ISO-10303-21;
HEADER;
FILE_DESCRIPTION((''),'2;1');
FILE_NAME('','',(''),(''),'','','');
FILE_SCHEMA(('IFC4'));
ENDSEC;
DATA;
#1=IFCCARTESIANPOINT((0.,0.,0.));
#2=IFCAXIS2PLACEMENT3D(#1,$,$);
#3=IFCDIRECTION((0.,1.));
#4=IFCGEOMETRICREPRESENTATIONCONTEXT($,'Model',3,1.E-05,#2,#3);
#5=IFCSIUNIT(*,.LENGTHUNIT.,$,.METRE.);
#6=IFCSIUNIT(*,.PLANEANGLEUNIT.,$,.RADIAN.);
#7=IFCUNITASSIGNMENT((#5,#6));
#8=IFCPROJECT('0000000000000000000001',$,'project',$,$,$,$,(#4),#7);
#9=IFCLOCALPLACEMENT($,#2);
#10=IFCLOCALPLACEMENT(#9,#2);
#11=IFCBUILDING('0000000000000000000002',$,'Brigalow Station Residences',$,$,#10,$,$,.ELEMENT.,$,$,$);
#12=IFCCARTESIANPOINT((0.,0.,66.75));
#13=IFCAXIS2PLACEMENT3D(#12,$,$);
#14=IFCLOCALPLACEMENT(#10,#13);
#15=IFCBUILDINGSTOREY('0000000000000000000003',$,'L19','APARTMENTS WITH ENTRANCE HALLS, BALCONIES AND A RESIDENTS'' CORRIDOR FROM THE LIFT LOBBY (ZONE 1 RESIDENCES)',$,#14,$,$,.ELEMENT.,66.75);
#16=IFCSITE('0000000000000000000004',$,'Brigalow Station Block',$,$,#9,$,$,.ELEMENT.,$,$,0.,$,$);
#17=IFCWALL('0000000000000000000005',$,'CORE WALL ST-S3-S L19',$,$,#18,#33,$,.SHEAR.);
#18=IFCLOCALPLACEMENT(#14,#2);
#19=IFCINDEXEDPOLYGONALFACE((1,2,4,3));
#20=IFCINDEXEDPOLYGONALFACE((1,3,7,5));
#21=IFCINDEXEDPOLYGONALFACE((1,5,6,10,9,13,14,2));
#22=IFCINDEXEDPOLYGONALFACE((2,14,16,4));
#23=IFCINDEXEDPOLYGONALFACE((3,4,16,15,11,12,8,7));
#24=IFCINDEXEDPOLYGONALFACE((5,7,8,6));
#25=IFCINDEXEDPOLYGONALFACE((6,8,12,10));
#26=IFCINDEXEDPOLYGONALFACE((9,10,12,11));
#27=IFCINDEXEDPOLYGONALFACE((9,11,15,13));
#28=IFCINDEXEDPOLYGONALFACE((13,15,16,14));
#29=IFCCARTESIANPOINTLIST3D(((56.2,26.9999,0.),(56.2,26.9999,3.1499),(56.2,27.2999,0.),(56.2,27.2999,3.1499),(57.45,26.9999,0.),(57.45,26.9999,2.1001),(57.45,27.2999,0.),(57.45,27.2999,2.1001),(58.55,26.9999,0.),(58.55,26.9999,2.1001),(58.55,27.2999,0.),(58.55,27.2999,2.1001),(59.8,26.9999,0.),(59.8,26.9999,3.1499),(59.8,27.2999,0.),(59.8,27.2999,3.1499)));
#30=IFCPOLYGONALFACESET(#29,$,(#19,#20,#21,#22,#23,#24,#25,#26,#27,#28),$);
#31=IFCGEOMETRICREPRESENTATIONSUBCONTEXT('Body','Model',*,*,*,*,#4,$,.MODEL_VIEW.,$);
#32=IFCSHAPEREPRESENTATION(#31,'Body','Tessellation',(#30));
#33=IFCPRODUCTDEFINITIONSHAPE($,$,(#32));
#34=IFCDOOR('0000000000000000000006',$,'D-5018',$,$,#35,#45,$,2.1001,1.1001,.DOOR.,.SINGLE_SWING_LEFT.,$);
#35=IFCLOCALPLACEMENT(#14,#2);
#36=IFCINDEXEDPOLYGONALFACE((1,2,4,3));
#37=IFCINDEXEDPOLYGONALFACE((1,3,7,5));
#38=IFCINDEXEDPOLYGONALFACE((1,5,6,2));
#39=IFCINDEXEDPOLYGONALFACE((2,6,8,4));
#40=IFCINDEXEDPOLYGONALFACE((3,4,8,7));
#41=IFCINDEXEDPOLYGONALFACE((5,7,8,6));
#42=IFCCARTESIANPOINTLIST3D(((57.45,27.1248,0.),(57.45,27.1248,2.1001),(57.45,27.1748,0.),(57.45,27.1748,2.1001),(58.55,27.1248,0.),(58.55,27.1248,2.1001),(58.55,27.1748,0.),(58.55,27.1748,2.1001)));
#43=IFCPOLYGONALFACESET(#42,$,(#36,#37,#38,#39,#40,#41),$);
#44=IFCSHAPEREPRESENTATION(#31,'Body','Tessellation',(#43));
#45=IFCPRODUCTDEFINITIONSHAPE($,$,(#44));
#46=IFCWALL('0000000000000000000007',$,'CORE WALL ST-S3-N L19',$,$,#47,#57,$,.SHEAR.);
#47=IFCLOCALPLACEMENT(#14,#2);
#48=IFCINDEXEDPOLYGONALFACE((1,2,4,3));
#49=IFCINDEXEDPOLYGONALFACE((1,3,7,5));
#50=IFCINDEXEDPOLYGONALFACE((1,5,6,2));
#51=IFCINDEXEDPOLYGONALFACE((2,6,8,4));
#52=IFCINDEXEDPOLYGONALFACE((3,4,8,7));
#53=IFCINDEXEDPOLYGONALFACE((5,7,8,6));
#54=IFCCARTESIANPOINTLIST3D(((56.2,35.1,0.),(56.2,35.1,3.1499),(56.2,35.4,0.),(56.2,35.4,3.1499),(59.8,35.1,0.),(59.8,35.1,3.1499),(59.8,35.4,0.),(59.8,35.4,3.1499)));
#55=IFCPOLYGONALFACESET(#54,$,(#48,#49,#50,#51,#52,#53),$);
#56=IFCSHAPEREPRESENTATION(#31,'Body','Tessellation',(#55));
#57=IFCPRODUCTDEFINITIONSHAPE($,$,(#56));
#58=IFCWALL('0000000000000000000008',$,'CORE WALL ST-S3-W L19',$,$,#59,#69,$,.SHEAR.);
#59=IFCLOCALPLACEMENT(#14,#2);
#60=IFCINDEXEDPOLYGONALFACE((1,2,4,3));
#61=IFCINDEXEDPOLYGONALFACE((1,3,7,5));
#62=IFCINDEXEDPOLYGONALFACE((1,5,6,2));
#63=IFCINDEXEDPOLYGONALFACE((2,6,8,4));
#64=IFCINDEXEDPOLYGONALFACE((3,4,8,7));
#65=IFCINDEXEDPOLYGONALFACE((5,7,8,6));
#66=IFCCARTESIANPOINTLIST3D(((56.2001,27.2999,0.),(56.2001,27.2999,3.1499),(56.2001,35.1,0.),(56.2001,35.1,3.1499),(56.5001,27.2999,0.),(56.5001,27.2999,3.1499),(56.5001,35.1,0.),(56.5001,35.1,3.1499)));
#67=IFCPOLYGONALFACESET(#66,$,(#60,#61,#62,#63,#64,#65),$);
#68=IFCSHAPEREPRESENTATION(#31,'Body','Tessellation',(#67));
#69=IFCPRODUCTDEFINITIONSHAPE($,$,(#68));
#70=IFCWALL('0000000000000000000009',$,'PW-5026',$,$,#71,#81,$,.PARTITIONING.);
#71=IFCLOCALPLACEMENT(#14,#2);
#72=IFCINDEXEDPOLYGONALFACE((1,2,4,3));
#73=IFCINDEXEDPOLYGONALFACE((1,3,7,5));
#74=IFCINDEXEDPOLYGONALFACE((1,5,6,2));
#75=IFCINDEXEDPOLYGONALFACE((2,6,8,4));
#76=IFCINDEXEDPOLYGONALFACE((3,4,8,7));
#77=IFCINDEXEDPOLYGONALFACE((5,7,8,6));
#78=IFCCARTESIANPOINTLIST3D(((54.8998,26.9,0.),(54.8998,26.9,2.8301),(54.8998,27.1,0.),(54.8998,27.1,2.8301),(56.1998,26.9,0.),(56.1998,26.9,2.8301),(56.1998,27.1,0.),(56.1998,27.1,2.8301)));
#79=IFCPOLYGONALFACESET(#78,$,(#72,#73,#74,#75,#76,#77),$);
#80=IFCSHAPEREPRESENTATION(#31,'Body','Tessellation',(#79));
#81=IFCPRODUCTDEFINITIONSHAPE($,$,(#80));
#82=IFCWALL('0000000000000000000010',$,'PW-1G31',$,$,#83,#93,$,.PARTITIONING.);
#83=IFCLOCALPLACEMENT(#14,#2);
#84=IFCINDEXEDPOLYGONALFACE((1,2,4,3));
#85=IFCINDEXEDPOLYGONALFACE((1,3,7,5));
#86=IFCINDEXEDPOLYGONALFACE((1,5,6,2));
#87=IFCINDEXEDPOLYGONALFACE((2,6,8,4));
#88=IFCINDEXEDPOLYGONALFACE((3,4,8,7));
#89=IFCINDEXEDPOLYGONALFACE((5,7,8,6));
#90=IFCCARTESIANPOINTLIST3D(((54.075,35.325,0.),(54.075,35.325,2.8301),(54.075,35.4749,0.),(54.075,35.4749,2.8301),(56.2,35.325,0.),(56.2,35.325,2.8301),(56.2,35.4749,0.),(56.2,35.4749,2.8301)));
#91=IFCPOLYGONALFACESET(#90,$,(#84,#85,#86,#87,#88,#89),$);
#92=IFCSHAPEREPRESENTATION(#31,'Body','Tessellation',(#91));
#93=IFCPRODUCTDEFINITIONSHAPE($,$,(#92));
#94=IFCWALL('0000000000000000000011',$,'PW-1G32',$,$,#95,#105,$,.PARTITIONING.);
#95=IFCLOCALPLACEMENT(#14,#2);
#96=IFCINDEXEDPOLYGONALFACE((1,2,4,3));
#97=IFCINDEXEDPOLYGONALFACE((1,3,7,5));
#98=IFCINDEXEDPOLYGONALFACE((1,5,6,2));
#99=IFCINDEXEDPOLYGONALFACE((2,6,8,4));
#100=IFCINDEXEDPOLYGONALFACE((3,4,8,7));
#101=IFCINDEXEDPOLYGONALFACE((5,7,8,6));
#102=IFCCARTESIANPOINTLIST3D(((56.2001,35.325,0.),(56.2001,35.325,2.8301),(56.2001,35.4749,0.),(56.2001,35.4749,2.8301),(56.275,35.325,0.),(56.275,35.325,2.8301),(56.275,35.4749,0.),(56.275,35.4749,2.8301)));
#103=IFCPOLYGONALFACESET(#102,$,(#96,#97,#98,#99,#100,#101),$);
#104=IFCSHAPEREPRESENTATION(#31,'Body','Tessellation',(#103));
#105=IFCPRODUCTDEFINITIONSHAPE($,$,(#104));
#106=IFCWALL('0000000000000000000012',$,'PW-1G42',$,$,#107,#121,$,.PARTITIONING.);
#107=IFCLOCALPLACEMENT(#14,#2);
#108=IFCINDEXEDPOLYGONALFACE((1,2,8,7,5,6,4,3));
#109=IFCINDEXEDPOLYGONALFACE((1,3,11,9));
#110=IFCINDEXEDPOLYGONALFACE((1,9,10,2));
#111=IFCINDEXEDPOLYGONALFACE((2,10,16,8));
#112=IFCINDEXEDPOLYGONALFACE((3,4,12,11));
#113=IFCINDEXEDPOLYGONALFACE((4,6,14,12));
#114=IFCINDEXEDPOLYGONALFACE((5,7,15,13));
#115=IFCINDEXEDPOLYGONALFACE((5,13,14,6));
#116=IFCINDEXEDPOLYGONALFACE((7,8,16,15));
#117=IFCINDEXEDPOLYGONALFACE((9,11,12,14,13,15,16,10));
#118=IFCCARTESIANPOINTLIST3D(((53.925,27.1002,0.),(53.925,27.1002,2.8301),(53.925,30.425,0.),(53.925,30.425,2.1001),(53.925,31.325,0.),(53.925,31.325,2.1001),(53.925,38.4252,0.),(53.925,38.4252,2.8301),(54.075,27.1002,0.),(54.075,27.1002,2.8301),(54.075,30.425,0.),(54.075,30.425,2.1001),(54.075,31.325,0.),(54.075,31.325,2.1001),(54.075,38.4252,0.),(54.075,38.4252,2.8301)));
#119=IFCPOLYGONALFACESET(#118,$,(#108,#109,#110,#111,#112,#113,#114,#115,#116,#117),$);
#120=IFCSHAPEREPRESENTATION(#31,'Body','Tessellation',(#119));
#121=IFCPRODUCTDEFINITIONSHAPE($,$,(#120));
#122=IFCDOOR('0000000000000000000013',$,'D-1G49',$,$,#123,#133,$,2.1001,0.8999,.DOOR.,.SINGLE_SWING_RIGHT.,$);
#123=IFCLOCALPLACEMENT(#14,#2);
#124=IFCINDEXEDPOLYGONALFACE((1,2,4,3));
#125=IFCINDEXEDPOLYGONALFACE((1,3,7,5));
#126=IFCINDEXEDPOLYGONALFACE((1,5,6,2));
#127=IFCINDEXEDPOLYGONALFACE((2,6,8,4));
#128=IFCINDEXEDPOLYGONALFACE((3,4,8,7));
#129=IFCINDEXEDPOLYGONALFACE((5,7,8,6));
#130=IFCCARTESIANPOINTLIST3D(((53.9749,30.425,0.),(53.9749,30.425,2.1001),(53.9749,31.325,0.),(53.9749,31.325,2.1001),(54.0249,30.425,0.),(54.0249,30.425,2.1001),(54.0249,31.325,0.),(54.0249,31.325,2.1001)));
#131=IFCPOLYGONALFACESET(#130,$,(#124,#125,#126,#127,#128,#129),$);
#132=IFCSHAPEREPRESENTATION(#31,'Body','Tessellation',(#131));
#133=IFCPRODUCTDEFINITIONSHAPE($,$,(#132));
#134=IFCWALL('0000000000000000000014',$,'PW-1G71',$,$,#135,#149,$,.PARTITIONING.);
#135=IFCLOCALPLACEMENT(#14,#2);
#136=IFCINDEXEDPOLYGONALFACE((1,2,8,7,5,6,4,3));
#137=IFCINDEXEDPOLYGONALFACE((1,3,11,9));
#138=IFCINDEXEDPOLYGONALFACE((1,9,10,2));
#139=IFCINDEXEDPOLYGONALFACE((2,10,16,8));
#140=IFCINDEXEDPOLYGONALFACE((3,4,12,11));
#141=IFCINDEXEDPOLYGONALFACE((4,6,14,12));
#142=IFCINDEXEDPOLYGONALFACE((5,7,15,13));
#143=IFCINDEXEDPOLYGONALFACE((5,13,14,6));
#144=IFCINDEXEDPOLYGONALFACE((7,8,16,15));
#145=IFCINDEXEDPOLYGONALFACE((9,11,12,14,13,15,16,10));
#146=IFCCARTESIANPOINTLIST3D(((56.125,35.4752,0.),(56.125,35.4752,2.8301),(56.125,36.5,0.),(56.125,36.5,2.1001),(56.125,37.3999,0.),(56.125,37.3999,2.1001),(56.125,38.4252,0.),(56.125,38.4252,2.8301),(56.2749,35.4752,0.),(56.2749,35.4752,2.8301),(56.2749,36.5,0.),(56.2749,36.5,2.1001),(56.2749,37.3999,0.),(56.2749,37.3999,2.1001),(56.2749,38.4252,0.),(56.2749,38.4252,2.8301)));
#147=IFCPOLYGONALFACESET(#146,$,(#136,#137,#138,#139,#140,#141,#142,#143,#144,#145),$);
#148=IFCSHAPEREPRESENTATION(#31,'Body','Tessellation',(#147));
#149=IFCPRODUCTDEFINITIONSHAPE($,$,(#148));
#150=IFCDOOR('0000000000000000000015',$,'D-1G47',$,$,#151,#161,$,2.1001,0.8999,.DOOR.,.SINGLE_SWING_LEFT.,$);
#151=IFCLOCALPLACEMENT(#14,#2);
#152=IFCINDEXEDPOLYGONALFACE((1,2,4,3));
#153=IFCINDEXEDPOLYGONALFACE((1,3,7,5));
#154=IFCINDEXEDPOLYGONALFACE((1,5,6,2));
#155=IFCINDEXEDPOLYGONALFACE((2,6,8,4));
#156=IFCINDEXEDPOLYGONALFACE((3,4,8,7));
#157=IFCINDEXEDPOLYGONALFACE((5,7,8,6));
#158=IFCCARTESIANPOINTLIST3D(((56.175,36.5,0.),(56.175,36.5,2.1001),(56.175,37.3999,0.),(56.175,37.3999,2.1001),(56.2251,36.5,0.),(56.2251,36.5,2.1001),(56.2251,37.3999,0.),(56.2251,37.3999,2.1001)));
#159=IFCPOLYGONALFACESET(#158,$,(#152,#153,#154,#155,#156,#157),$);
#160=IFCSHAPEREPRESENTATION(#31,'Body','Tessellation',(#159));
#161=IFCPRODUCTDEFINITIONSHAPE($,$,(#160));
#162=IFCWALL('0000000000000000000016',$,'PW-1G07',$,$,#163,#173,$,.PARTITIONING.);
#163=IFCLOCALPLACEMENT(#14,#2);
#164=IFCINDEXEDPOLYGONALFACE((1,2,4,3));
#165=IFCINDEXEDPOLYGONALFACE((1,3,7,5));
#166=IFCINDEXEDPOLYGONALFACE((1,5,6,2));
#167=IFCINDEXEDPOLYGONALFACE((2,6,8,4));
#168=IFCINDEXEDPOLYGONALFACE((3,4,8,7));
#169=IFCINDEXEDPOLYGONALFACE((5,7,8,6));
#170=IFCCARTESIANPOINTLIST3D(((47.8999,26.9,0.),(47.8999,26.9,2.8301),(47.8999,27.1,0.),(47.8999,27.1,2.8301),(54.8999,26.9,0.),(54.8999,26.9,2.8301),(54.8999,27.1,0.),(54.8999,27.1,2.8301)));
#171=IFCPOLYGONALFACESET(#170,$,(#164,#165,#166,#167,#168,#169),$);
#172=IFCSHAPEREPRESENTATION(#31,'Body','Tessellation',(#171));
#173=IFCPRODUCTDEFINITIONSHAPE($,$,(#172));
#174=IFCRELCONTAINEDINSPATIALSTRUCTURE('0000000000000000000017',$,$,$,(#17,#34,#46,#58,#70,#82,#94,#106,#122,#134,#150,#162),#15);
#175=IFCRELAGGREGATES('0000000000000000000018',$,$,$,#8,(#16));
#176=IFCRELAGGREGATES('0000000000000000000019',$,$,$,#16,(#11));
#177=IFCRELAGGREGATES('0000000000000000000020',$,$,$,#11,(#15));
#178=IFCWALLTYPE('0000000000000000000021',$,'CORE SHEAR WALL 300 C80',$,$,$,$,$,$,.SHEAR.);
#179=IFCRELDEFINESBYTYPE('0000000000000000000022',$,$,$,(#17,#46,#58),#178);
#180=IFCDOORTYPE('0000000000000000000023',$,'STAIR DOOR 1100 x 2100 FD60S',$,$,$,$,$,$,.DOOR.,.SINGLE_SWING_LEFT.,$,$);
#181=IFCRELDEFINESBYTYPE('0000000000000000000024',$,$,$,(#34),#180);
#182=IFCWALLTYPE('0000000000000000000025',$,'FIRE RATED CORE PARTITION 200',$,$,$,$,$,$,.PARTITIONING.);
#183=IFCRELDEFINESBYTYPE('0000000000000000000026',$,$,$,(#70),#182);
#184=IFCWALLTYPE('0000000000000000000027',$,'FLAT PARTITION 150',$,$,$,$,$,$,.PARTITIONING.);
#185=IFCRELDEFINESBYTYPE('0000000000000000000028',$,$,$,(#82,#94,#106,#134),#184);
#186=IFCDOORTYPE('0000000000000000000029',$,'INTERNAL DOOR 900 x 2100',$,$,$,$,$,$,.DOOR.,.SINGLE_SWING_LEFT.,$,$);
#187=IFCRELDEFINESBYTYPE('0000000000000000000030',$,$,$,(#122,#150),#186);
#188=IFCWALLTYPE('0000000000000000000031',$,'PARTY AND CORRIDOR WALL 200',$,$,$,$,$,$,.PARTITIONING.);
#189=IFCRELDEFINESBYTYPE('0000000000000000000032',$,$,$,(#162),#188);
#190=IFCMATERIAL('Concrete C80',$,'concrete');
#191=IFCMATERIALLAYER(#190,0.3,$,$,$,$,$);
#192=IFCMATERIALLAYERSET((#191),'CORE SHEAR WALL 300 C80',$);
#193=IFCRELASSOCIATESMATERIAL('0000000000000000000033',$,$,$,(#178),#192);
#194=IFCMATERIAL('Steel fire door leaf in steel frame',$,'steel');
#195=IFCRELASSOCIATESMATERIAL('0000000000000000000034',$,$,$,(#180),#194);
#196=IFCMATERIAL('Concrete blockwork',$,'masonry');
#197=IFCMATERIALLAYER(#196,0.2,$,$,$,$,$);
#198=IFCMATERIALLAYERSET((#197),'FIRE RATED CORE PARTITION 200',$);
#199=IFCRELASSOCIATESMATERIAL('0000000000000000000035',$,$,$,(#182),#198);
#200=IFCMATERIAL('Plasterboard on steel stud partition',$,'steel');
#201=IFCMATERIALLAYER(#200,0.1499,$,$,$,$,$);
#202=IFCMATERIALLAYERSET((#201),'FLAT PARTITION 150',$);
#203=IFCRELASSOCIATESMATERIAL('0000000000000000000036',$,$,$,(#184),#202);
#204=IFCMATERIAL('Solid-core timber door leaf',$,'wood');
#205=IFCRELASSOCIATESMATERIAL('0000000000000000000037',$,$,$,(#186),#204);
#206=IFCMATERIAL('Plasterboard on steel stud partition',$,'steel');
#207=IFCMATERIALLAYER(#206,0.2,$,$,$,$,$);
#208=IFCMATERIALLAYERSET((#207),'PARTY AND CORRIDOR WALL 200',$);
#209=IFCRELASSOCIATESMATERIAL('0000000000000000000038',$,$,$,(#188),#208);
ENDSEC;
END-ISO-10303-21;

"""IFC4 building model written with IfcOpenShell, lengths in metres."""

from ifc_helpers import new_model, si_unit, direction, frame, frame_2d, origin, place, context, subcontext, project, spatial, rectangle, extrude, material, layer, layer_set, type_object, element, fill, save


model = new_model("IFC4")

# Units and contexts
model_context = context("Model", 3, precision=1e-05, world=origin(), true_north=direction((0.0, 1.0)))
body_context = subcontext(model_context, "Body", "Model", "MODEL_VIEW")
ifc_project = project(units=[si_unit("LENGTHUNIT", "METRE"), si_unit("PLANEANGLEUNIT", "RADIAN")], contexts=[model_context])

# Site, building, storey
site_placement = place(None, origin())
site = spatial("IfcSite", under=ifc_project, at=site_placement, Name="Brigalow Station Block", CompositionType="ELEMENT", RefElevation=0.0)
building_placement = place(site_placement, origin())
building = spatial("IfcBuilding", under=site, at=building_placement, Name="Brigalow Station Residences", CompositionType="ELEMENT")
storey_placement = place(building_placement, frame((0.0, 0.0, 66.75)))
storey = spatial("IfcBuildingStorey", under=building, at=storey_placement, Name="L19", Description="APARTMENTS WITH ENTRANCE HALLS, BALCONIES AND A RESIDENTS' CORRIDOR FROM THE LIFT LOBBY (ZONE 1 RESIDENCES)", CompositionType="ELEMENT", Elevation=66.75)

# Wall, opening, door
ifc_material_1 = material(Name="Concrete C80", Category="concrete")
ifc_layer_1 = layer(ifc_material_1, 0.3)
ifc_layer_set_1 = layer_set([ifc_layer_1], Name="CORE SHEAR WALL 300 C80")
wall_type_1 = type_object("IfcWallType", Name="CORE SHEAR WALL 300 C80", PredefinedType="SHEAR", material=ifc_layer_set_1)
wall_1_placement = place(storey_placement, frame((56.2, 27.1499, 0.0), z_axis=(0.0, 0.0, 1.0), x_axis=(1.0, 0.0, 0.0)))
wall_1 = element("IfcWall", 1, at=wall_1_placement, inside=storey, type_object=wall_type_1, Name="CORE WALL ST-S3-S L19", PredefinedType="SHEAR", context=body_context, shape_type="SweptSolid", body=[
    extrude(rectangle(XDim=3.6001, YDim=0.3, at=frame_2d((1.8, 0.0))), origin(), (0.0, 0.0, 1.0), 3.1499),
])
opening_1_placement = place(wall_1_placement, frame((1.25, 0.0, 0.0)))
opening_1 = element("IfcOpeningElement", 2, at=opening_1_placement, cuts=wall_1, PredefinedType="OPENING", context=body_context, shape_type="SweptSolid", body=[
    extrude(rectangle(XDim=1.1001, YDim=2.1001, at=frame_2d((0.55, 1.05))), frame((0.0, 0.1602, 0.0), z_axis=(0.0, -1.0, 0.0), x_axis=(1.0, 0.0, 0.0)), (0.0, 0.0, 1.0), 0.3201),
])
ifc_material_2 = material(Name="Steel fire door leaf in steel frame", Category="steel")
door_type_1 = type_object("IfcDoorType", Name="STAIR DOOR 1100 x 2100 FD60S", OperationType="SINGLE_SWING_LEFT", PredefinedType="DOOR", material=ifc_material_2)
door_1_placement = place(opening_1_placement, origin())
door_1 = element("IfcDoor", 3, at=door_1_placement, inside=storey, type_object=door_type_1, Name="D-5018", OperationType="SINGLE_SWING_LEFT", OverallHeight=2.1001, OverallWidth=1.1001, PredefinedType="DOOR", context=body_context, shape_type="SweptSolid", body=[
    extrude(rectangle(XDim=1.1001, YDim=2.1001, at=frame_2d((0.55, 1.05))), frame((0.0, 0.0249, 0.0), z_axis=(0.0, -1.0, 0.0), x_axis=(1.0, 0.0, 0.0)), (0.0, 0.0, 1.0), 0.05),
])
fill(opening_1, door_1)

# Walls
wall_2_placement = place(storey_placement, frame((56.2, 35.25, 0.0), z_axis=(0.0, 0.0, 1.0), x_axis=(1.0, 0.0, 0.0)))
element("IfcWall", 4, at=wall_2_placement, inside=storey, type_object=wall_type_1, Name="CORE WALL ST-S3-N L19", PredefinedType="SHEAR", context=body_context, shape_type="SweptSolid", body=[
    extrude(rectangle(XDim=3.6001, YDim=0.3, at=frame_2d((1.8, 0.0))), origin(), (0.0, 0.0, 1.0), 3.1499),
])
wall_3_placement = place(storey_placement, frame((56.3501, 27.3, 0.0), z_axis=(0.0, 0.0, 1.0), x_axis=(0.0, 1.0, 0.0)))
element("IfcWall", 5, at=wall_3_placement, inside=storey, type_object=wall_type_1, Name="CORE WALL ST-S3-W L19", PredefinedType="SHEAR", context=body_context, shape_type="SweptSolid", body=[
    extrude(rectangle(XDim=7.8, YDim=0.3, at=frame_2d((3.8999, 0.0))), origin(), (0.0, 0.0, 1.0), 3.1499),
])
ifc_material_3 = material(Name="Concrete blockwork", Category="masonry")
ifc_layer_2 = layer(ifc_material_3, 0.2)
ifc_layer_set_2 = layer_set([ifc_layer_2], Name="FIRE RATED CORE PARTITION 200")
wall_type_2 = type_object("IfcWallType", Name="FIRE RATED CORE PARTITION 200", PredefinedType="PARTITIONING", material=ifc_layer_set_2)
wall_4_placement = place(storey_placement, frame((54.8999, 27.0, 0.0), z_axis=(0.0, 0.0, 1.0), x_axis=(1.0, 0.0, 0.0)))
element("IfcWall", 6, at=wall_4_placement, inside=storey, type_object=wall_type_2, Name="PW-5026", PredefinedType="PARTITIONING", context=body_context, shape_type="SweptSolid", body=[
    extrude(rectangle(XDim=1.3, YDim=0.2, at=frame_2d((0.6499, 0.0))), origin(), (0.0, 0.0, 1.0), 2.8301),
])
ifc_material_4 = material(Name="Plasterboard on steel stud partition", Category="steel")
ifc_layer_3 = layer(ifc_material_4, 0.1499)
ifc_layer_set_3 = layer_set([ifc_layer_3], Name="FLAT PARTITION 150")
wall_type_3 = type_object("IfcWallType", Name="FLAT PARTITION 150", PredefinedType="PARTITIONING", material=ifc_layer_set_3)
wall_5_placement = place(storey_placement, frame((54.075, 35.3999, 0.0), z_axis=(0.0, 0.0, 1.0), x_axis=(1.0, 0.0, 0.0)))
element("IfcWall", 7, at=wall_5_placement, inside=storey, type_object=wall_type_3, Name="PW-1G31", PredefinedType="PARTITIONING", context=body_context, shape_type="SweptSolid", body=[
    extrude(rectangle(XDim=2.125, YDim=0.1499, at=frame_2d((1.0625, 0.0))), origin(), (0.0, 0.0, 1.0), 2.8301),
])
wall_6_placement = place(storey_placement, frame((56.2, 35.3999, 0.0), z_axis=(0.0, 0.0, 1.0), x_axis=(1.0, 0.0, 0.0)))
element("IfcWall", 8, at=wall_6_placement, inside=storey, type_object=wall_type_3, Name="PW-1G32", PredefinedType="PARTITIONING", context=body_context, shape_type="SweptSolid", body=[
    extrude(rectangle(XDim=0.075, YDim=0.1499, at=frame_2d((0.0376, 0.0))), origin(), (0.0, 0.0, 1.0), 2.8301),
])

# Walls, openings, doors
wall_7_placement = place(storey_placement, frame((54.0, 27.1001, 0.0), z_axis=(0.0, 0.0, 1.0), x_axis=(0.0, 1.0, 0.0)))
wall_7 = element("IfcWall", 9, at=wall_7_placement, inside=storey, type_object=wall_type_3, Name="PW-1G42", PredefinedType="PARTITIONING", context=body_context, shape_type="SweptSolid", body=[
    extrude(rectangle(XDim=11.325, YDim=0.1499, at=frame_2d((5.6626, 0.0))), origin(), (0.0, 0.0, 1.0), 2.8301),
])
opening_2_placement = place(wall_7_placement, frame((3.325, 0.0, 0.0)))
opening_2 = element("IfcOpeningElement", 10, at=opening_2_placement, cuts=wall_7, PredefinedType="OPENING", context=body_context, shape_type="SweptSolid", body=[
    extrude(rectangle(XDim=0.8999, YDim=2.1001, at=frame_2d((0.45, 1.05))), frame((0.0, 0.085, 0.0), z_axis=(0.0, -1.0, 0.0), x_axis=(1.0, 0.0, 0.0)), (0.0, 0.0, 1.0), 0.1699),
])
ifc_material_5 = material(Name="Solid-core timber door leaf", Category="wood")
door_type_2 = type_object("IfcDoorType", Name="INTERNAL DOOR 900 x 2100", OperationType="SINGLE_SWING_LEFT", PredefinedType="DOOR", material=ifc_material_5)
door_2_placement = place(opening_2_placement, frame((0.8999, 0.0, 0.0), z_axis=(0.0, 0.0, 1.0), x_axis=(-1.0, 0.0, 0.0)))
door_2 = element("IfcDoor", 11, at=door_2_placement, inside=storey, type_object=door_type_2, Name="D-1G49", OperationType="SINGLE_SWING_RIGHT", OverallHeight=2.1001, OverallWidth=0.8999, PredefinedType="DOOR", context=body_context, shape_type="SweptSolid", body=[
    extrude(rectangle(XDim=0.8999, YDim=2.1001, at=frame_2d((0.45, 1.05))), frame((0.0, 0.0249, 0.0), z_axis=(0.0, -1.0, 0.0), x_axis=(1.0, 0.0, 0.0)), (0.0, 0.0, 1.0), 0.05),
])
fill(opening_2, door_2)
wall_8_placement = place(storey_placement, frame((56.2, 35.4751, 0.0), z_axis=(0.0, 0.0, 1.0), x_axis=(0.0, 1.0, 0.0)))
wall_8 = element("IfcWall", 12, at=wall_8_placement, inside=storey, type_object=wall_type_3, Name="PW-1G71", PredefinedType="PARTITIONING", context=body_context, shape_type="SweptSolid", body=[
    extrude(rectangle(XDim=2.95, YDim=0.1499, at=frame_2d((1.4751, 0.0))), origin(), (0.0, 0.0, 1.0), 2.8301),
])
opening_3_placement = place(wall_8_placement, frame((1.0249, 0.0, 0.0)))
opening_3 = element("IfcOpeningElement", 13, at=opening_3_placement, cuts=wall_8, PredefinedType="OPENING", context=body_context, shape_type="SweptSolid", body=[
    extrude(rectangle(XDim=0.8999, YDim=2.1001, at=frame_2d((0.45, 1.05))), frame((0.0, 0.085, 0.0), z_axis=(0.0, -1.0, 0.0), x_axis=(1.0, 0.0, 0.0)), (0.0, 0.0, 1.0), 0.1699),
])
door_3_placement = place(opening_3_placement, origin())
door_3 = element("IfcDoor", 14, at=door_3_placement, inside=storey, type_object=door_type_2, Name="D-1G47", OperationType="SINGLE_SWING_LEFT", OverallHeight=2.1001, OverallWidth=0.8999, PredefinedType="DOOR", context=body_context, shape_type="SweptSolid", body=[
    extrude(rectangle(XDim=0.8999, YDim=2.1001, at=frame_2d((0.45, 1.05))), frame((0.0, 0.0249, 0.0), z_axis=(0.0, -1.0, 0.0), x_axis=(1.0, 0.0, 0.0)), (0.0, 0.0, 1.0), 0.05),
])
fill(opening_3, door_3)

# Wall
ifc_material_6 = material(Name="Plasterboard on steel stud partition", Category="steel")
ifc_layer_4 = layer(ifc_material_6, 0.2)
ifc_layer_set_4 = layer_set([ifc_layer_4], Name="PARTY AND CORRIDOR WALL 200")
wall_type_4 = type_object("IfcWallType", Name="PARTY AND CORRIDOR WALL 200", PredefinedType="PARTITIONING", material=ifc_layer_set_4)
wall_9_placement = place(storey_placement, frame((47.8999, 27.0, 0.0), z_axis=(0.0, 0.0, 1.0), x_axis=(1.0, 0.0, 0.0)))
element("IfcWall", 15, at=wall_9_placement, inside=storey, type_object=wall_type_4, Name="PW-1G07", PredefinedType="PARTITIONING", context=body_context, shape_type="SweptSolid", body=[
    extrude(rectangle(XDim=7.0, YDim=0.2, at=frame_2d((3.5, 0.0))), origin(), (0.0, 0.0, 1.0), 2.8301),
])

save(model, "model.ifc")
